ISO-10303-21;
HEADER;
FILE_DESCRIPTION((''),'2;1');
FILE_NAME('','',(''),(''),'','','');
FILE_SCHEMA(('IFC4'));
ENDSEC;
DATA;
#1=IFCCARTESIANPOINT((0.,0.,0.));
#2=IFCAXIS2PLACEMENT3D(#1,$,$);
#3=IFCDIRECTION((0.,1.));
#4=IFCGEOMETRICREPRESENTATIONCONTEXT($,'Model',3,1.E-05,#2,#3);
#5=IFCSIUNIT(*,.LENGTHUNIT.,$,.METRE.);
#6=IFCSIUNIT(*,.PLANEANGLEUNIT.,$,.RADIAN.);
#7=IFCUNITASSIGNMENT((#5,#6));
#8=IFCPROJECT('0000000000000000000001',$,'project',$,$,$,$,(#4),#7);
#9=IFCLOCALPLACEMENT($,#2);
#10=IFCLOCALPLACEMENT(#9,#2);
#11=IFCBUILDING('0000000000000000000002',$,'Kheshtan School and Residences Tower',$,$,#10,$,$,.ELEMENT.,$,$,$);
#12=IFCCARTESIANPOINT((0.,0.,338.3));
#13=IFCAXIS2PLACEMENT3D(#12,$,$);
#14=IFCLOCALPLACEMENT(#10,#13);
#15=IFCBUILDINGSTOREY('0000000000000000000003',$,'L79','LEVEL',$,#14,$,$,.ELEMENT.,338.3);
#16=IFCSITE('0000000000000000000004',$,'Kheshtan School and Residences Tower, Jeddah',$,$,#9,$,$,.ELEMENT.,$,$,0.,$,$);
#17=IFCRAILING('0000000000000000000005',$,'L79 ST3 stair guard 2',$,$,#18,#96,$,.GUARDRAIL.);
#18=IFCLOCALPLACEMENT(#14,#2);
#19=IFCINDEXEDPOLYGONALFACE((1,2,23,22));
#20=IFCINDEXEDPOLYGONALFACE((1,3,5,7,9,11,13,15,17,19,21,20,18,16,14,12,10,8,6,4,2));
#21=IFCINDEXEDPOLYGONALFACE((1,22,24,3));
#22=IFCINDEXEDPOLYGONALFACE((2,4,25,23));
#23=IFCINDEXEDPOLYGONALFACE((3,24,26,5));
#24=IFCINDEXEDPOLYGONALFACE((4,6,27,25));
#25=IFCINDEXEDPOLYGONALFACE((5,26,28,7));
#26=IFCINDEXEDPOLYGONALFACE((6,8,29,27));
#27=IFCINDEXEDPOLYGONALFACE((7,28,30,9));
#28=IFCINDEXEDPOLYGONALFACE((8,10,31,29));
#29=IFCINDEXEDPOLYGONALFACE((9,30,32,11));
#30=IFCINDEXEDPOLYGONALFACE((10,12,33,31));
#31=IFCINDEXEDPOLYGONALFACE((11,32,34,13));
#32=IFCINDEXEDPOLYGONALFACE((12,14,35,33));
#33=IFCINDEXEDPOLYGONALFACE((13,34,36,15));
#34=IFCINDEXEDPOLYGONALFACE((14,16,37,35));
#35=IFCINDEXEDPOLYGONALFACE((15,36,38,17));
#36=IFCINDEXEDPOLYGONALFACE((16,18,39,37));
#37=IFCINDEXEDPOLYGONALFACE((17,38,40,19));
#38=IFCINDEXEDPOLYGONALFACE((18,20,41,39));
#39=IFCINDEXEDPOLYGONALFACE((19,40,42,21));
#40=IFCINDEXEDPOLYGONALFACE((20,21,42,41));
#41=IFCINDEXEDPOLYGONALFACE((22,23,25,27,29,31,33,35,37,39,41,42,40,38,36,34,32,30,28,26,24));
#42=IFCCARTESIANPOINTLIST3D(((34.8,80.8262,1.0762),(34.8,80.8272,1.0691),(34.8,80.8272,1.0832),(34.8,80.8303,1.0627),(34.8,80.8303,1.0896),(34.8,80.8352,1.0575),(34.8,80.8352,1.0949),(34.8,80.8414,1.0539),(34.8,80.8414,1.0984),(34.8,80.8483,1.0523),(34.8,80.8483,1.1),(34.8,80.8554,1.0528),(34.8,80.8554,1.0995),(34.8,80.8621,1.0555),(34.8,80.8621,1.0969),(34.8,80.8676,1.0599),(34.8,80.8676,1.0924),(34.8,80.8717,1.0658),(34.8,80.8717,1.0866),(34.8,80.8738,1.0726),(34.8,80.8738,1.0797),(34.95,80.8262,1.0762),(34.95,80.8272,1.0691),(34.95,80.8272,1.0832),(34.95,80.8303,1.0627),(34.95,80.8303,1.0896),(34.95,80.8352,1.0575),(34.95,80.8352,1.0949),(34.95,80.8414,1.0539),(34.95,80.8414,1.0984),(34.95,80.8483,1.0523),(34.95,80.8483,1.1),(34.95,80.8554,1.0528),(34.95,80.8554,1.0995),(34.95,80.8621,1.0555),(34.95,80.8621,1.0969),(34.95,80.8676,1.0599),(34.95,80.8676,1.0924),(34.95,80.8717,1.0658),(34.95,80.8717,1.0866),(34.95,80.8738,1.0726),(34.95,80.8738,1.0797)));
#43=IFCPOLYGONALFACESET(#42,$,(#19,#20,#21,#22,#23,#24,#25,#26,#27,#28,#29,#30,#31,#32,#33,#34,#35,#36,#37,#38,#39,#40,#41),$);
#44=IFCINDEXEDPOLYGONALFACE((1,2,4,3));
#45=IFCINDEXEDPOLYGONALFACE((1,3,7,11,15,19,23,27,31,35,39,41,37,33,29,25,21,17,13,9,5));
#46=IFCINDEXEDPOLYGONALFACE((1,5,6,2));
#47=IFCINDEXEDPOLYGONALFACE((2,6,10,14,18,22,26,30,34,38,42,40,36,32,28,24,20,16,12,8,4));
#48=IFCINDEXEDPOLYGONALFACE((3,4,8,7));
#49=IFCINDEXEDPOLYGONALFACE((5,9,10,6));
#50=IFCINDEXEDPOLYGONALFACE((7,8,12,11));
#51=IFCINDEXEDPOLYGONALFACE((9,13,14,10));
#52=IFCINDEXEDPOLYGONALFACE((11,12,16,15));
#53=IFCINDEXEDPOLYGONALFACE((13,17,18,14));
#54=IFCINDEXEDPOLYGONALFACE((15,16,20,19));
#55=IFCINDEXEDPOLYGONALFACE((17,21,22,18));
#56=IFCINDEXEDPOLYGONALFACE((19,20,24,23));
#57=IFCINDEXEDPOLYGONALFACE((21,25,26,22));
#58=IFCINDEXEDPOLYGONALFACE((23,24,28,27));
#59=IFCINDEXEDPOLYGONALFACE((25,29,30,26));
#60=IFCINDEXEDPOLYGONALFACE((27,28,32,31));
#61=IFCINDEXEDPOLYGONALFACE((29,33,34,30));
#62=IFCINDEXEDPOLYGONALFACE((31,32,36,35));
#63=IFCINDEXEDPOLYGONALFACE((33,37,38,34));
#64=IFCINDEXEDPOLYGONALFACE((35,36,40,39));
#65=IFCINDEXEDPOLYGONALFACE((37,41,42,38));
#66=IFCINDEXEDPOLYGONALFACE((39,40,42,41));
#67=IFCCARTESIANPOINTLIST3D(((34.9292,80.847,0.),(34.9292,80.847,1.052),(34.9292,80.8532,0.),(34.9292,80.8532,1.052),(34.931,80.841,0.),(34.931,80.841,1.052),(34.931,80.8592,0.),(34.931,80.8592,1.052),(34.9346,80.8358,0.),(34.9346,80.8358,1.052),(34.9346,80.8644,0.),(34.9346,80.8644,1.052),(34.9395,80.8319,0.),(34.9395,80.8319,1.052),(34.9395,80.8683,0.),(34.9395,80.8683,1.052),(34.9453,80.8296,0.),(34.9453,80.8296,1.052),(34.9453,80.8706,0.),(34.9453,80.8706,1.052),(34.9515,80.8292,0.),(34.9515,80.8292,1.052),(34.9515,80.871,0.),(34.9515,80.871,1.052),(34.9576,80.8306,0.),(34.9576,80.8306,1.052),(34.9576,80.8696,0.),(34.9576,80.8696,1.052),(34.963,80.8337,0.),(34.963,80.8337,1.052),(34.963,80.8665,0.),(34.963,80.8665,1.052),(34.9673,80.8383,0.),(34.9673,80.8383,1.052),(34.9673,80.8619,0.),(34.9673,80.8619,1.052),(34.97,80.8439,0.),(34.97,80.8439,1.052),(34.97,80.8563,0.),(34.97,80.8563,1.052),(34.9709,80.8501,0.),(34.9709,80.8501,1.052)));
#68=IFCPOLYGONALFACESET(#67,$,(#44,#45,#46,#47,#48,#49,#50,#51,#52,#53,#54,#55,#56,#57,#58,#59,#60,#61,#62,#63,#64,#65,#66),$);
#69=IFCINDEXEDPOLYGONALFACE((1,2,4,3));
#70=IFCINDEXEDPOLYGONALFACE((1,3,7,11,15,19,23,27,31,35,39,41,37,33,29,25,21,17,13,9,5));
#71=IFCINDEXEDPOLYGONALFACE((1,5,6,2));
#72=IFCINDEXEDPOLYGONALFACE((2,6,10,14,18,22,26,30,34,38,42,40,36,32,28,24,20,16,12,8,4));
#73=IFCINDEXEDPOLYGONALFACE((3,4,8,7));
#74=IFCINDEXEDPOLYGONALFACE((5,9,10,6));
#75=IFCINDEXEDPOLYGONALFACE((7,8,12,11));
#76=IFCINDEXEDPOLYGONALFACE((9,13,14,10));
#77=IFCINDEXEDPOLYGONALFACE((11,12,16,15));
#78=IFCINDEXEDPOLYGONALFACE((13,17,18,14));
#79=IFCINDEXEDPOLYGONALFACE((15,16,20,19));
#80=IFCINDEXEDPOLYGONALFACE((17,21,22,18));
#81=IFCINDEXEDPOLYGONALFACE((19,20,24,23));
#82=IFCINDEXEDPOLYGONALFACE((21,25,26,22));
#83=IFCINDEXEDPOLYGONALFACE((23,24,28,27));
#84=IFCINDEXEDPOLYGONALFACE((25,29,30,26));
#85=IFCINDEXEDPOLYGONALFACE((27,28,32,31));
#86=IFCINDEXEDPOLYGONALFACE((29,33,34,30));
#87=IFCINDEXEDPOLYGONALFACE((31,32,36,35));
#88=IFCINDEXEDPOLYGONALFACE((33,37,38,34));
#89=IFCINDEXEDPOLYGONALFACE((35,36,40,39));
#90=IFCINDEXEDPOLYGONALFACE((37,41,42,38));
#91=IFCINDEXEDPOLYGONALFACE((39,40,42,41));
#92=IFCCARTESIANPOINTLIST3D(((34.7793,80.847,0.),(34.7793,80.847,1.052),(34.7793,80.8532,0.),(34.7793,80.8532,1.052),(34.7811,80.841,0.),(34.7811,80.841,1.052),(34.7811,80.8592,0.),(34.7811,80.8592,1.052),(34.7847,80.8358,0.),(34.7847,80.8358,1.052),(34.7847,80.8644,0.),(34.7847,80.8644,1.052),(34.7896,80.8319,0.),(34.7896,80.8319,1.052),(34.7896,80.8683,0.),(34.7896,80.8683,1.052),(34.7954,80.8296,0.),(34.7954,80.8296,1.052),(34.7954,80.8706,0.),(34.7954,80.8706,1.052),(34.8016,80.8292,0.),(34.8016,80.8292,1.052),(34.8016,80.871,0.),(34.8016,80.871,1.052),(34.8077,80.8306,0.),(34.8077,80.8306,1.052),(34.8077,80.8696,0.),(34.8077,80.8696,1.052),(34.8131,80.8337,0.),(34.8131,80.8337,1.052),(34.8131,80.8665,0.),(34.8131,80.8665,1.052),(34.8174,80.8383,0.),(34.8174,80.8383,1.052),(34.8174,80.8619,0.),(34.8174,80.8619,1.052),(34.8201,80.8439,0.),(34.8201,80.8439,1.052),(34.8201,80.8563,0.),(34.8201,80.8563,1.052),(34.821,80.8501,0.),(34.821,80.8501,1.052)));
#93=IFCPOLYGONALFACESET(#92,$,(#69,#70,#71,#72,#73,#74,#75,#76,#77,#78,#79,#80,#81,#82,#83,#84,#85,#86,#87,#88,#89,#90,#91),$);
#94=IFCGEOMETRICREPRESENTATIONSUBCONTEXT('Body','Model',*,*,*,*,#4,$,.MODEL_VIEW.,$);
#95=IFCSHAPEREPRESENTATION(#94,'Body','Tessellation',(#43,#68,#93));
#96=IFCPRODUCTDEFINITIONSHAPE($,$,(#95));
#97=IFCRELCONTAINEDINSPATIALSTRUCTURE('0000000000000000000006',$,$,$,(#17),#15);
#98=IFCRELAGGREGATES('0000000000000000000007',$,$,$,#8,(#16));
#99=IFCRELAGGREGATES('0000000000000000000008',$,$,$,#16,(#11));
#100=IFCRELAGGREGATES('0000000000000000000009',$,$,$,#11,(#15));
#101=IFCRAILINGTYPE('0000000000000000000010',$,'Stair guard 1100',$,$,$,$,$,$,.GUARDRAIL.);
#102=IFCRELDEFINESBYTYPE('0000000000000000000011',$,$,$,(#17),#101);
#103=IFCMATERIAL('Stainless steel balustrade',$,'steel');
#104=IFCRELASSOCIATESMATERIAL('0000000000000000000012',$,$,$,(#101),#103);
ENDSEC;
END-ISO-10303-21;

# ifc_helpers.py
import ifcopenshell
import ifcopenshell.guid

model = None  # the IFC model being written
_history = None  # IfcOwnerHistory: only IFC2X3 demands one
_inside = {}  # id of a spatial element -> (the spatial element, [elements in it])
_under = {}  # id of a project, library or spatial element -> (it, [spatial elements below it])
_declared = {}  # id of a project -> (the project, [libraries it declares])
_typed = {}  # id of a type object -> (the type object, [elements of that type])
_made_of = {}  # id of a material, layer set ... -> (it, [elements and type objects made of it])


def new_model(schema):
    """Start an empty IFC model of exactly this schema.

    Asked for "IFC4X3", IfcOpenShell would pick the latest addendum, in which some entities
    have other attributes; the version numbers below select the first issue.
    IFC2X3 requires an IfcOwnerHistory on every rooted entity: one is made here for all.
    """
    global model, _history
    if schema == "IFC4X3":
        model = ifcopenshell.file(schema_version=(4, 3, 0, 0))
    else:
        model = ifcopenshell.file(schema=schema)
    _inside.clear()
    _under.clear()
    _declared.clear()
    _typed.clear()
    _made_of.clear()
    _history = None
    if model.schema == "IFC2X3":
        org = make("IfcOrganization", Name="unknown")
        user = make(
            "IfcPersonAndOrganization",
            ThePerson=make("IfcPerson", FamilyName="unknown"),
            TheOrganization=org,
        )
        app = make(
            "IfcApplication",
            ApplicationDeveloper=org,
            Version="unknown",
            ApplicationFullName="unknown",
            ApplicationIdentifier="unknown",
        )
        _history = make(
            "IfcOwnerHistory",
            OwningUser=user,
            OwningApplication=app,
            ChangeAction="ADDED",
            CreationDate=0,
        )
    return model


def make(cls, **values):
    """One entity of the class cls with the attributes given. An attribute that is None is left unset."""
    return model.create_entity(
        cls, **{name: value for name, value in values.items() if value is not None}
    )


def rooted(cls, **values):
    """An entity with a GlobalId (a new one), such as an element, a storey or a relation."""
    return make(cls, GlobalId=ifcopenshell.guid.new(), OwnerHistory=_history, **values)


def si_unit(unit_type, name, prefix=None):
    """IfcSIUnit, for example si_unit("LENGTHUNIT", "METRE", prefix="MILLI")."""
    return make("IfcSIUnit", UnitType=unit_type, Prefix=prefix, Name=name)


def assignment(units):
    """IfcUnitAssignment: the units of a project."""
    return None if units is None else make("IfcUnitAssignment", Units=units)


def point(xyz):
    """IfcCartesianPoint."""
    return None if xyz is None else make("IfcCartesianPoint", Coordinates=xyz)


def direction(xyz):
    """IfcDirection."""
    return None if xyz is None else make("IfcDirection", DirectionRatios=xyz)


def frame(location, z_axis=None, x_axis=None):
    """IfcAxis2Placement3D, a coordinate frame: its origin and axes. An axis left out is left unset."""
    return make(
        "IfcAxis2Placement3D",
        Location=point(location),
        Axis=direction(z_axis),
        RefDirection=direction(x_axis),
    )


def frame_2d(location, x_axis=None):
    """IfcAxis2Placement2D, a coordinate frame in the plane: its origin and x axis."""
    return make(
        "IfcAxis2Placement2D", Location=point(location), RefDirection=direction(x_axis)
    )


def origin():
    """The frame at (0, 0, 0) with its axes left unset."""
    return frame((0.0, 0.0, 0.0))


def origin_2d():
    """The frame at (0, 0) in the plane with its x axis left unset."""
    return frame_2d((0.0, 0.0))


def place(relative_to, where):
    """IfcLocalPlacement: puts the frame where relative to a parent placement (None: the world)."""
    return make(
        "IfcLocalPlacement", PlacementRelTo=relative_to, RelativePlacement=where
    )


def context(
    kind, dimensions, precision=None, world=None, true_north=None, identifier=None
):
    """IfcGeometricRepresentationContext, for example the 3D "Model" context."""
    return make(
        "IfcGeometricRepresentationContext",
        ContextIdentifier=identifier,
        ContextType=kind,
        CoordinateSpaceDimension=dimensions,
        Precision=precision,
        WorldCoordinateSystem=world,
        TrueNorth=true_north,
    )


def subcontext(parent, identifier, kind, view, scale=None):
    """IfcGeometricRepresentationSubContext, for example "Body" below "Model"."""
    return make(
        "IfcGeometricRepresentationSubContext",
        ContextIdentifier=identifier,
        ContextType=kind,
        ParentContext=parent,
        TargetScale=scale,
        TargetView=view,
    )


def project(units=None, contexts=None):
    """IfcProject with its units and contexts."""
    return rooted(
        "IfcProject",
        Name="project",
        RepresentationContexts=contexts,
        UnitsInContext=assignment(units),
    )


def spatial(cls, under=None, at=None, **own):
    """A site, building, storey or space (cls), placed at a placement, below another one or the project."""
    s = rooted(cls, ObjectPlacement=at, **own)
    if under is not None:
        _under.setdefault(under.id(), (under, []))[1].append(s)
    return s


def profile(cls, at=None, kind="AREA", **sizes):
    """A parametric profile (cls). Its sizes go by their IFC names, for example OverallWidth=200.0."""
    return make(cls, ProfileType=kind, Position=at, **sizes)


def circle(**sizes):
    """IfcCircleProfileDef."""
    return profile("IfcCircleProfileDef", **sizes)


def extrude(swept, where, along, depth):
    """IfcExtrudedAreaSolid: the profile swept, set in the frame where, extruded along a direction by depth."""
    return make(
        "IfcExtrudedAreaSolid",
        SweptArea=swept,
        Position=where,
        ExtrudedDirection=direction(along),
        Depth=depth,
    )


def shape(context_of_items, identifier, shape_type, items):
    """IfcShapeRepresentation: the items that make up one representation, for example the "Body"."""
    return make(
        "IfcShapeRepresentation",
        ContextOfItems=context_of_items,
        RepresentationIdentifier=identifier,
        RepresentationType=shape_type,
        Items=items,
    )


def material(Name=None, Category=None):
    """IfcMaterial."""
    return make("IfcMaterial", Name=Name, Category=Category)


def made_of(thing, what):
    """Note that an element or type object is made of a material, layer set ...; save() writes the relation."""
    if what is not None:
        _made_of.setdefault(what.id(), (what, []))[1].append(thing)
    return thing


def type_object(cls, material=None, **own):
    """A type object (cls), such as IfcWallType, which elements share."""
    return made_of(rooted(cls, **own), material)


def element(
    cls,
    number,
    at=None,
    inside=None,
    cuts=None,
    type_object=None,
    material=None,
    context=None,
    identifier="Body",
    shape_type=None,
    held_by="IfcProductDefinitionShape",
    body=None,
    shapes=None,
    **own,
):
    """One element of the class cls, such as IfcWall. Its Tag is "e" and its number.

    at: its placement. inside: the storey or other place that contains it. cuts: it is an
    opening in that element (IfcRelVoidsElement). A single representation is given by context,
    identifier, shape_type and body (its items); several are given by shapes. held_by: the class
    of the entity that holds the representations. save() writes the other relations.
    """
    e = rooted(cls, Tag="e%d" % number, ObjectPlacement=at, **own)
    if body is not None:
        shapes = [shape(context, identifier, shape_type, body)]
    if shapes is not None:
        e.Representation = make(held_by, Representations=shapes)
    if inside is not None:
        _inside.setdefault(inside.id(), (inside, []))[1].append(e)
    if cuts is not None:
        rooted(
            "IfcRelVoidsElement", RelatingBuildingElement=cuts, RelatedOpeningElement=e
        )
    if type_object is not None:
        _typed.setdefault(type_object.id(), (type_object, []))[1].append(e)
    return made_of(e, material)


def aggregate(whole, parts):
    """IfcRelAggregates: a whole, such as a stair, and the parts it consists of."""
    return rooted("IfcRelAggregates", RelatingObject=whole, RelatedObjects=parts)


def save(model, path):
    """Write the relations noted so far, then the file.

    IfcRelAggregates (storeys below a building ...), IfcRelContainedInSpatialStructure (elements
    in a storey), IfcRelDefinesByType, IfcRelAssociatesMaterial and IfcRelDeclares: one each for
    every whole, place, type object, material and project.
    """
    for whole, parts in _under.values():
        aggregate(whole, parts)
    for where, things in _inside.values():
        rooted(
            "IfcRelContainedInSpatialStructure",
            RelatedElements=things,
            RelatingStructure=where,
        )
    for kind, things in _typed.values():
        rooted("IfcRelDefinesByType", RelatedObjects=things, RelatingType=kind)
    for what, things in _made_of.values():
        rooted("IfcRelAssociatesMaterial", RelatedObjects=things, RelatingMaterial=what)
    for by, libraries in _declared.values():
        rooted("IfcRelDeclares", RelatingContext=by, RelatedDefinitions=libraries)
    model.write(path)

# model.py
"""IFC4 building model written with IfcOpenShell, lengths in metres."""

from ifc_helpers import new_model, si_unit, direction, frame, origin, origin_2d, place, context, subcontext, project, spatial, circle, extrude, material, type_object, element, save


model = new_model("IFC4")

# Units and contexts
model_context = context("Model", 3, precision=1e-05, world=origin(), true_north=direction((0.0, 1.0)))
body_context = subcontext(model_context, "Body", "Model", "MODEL_VIEW")
ifc_project = project(units=[si_unit("LENGTHUNIT", "METRE"), si_unit("PLANEANGLEUNIT", "RADIAN")], contexts=[model_context])

# Site, building, storey
site_placement = place(None, origin())
site = spatial("IfcSite", under=ifc_project, at=site_placement, Name="Kheshtan School and Residences Tower, Jeddah", CompositionType="ELEMENT", RefElevation=0.0)
building_placement = place(site_placement, origin())
building = spatial("IfcBuilding", under=site, at=building_placement, Name="Kheshtan School and Residences Tower", CompositionType="ELEMENT")
storey_placement = place(building_placement, frame((0.0, 0.0, 338.3)))
storey = spatial("IfcBuildingStorey", under=building, at=storey_placement, Name="L79", Description="LEVEL", CompositionType="ELEMENT", Elevation=338.3)

# Railing
ifc_material_1 = material(Name="Stainless steel balustrade", Category="steel")
railing_type_1 = type_object("IfcRailingType", Name="Stair guard 1100", PredefinedType="GUARDRAIL", material=ifc_material_1)
railing_1_placement = place(storey_placement, frame((34.95, 80.8501, 0.0)))
element("IfcRailing", 1, at=railing_1_placement, inside=storey, type_object=railing_type_1, Name="L79 ST3 stair guard 2", PredefinedType="GUARDRAIL", context=body_context, shape_type="SweptSolid", body=[
    extrude(circle(Radius=0.0239, at=origin_2d()), frame((0.0, 0.0, 1.0762), z_axis=(-1.0, 0.0, 0.0), x_axis=(0.0, -1.0, 0.0)), (0.0, 0.0, 1.0), 0.1499),
    extrude(circle(Radius=0.021, at=origin_2d()), origin(), (0.0, 0.0, 1.0), 1.052),
    extrude(circle(Radius=0.021, at=origin_2d()), frame((-0.1499, 0.0, 0.0)), (0.0, 0.0, 1.0), 1.052),
])

save(model, "model.ifc")
